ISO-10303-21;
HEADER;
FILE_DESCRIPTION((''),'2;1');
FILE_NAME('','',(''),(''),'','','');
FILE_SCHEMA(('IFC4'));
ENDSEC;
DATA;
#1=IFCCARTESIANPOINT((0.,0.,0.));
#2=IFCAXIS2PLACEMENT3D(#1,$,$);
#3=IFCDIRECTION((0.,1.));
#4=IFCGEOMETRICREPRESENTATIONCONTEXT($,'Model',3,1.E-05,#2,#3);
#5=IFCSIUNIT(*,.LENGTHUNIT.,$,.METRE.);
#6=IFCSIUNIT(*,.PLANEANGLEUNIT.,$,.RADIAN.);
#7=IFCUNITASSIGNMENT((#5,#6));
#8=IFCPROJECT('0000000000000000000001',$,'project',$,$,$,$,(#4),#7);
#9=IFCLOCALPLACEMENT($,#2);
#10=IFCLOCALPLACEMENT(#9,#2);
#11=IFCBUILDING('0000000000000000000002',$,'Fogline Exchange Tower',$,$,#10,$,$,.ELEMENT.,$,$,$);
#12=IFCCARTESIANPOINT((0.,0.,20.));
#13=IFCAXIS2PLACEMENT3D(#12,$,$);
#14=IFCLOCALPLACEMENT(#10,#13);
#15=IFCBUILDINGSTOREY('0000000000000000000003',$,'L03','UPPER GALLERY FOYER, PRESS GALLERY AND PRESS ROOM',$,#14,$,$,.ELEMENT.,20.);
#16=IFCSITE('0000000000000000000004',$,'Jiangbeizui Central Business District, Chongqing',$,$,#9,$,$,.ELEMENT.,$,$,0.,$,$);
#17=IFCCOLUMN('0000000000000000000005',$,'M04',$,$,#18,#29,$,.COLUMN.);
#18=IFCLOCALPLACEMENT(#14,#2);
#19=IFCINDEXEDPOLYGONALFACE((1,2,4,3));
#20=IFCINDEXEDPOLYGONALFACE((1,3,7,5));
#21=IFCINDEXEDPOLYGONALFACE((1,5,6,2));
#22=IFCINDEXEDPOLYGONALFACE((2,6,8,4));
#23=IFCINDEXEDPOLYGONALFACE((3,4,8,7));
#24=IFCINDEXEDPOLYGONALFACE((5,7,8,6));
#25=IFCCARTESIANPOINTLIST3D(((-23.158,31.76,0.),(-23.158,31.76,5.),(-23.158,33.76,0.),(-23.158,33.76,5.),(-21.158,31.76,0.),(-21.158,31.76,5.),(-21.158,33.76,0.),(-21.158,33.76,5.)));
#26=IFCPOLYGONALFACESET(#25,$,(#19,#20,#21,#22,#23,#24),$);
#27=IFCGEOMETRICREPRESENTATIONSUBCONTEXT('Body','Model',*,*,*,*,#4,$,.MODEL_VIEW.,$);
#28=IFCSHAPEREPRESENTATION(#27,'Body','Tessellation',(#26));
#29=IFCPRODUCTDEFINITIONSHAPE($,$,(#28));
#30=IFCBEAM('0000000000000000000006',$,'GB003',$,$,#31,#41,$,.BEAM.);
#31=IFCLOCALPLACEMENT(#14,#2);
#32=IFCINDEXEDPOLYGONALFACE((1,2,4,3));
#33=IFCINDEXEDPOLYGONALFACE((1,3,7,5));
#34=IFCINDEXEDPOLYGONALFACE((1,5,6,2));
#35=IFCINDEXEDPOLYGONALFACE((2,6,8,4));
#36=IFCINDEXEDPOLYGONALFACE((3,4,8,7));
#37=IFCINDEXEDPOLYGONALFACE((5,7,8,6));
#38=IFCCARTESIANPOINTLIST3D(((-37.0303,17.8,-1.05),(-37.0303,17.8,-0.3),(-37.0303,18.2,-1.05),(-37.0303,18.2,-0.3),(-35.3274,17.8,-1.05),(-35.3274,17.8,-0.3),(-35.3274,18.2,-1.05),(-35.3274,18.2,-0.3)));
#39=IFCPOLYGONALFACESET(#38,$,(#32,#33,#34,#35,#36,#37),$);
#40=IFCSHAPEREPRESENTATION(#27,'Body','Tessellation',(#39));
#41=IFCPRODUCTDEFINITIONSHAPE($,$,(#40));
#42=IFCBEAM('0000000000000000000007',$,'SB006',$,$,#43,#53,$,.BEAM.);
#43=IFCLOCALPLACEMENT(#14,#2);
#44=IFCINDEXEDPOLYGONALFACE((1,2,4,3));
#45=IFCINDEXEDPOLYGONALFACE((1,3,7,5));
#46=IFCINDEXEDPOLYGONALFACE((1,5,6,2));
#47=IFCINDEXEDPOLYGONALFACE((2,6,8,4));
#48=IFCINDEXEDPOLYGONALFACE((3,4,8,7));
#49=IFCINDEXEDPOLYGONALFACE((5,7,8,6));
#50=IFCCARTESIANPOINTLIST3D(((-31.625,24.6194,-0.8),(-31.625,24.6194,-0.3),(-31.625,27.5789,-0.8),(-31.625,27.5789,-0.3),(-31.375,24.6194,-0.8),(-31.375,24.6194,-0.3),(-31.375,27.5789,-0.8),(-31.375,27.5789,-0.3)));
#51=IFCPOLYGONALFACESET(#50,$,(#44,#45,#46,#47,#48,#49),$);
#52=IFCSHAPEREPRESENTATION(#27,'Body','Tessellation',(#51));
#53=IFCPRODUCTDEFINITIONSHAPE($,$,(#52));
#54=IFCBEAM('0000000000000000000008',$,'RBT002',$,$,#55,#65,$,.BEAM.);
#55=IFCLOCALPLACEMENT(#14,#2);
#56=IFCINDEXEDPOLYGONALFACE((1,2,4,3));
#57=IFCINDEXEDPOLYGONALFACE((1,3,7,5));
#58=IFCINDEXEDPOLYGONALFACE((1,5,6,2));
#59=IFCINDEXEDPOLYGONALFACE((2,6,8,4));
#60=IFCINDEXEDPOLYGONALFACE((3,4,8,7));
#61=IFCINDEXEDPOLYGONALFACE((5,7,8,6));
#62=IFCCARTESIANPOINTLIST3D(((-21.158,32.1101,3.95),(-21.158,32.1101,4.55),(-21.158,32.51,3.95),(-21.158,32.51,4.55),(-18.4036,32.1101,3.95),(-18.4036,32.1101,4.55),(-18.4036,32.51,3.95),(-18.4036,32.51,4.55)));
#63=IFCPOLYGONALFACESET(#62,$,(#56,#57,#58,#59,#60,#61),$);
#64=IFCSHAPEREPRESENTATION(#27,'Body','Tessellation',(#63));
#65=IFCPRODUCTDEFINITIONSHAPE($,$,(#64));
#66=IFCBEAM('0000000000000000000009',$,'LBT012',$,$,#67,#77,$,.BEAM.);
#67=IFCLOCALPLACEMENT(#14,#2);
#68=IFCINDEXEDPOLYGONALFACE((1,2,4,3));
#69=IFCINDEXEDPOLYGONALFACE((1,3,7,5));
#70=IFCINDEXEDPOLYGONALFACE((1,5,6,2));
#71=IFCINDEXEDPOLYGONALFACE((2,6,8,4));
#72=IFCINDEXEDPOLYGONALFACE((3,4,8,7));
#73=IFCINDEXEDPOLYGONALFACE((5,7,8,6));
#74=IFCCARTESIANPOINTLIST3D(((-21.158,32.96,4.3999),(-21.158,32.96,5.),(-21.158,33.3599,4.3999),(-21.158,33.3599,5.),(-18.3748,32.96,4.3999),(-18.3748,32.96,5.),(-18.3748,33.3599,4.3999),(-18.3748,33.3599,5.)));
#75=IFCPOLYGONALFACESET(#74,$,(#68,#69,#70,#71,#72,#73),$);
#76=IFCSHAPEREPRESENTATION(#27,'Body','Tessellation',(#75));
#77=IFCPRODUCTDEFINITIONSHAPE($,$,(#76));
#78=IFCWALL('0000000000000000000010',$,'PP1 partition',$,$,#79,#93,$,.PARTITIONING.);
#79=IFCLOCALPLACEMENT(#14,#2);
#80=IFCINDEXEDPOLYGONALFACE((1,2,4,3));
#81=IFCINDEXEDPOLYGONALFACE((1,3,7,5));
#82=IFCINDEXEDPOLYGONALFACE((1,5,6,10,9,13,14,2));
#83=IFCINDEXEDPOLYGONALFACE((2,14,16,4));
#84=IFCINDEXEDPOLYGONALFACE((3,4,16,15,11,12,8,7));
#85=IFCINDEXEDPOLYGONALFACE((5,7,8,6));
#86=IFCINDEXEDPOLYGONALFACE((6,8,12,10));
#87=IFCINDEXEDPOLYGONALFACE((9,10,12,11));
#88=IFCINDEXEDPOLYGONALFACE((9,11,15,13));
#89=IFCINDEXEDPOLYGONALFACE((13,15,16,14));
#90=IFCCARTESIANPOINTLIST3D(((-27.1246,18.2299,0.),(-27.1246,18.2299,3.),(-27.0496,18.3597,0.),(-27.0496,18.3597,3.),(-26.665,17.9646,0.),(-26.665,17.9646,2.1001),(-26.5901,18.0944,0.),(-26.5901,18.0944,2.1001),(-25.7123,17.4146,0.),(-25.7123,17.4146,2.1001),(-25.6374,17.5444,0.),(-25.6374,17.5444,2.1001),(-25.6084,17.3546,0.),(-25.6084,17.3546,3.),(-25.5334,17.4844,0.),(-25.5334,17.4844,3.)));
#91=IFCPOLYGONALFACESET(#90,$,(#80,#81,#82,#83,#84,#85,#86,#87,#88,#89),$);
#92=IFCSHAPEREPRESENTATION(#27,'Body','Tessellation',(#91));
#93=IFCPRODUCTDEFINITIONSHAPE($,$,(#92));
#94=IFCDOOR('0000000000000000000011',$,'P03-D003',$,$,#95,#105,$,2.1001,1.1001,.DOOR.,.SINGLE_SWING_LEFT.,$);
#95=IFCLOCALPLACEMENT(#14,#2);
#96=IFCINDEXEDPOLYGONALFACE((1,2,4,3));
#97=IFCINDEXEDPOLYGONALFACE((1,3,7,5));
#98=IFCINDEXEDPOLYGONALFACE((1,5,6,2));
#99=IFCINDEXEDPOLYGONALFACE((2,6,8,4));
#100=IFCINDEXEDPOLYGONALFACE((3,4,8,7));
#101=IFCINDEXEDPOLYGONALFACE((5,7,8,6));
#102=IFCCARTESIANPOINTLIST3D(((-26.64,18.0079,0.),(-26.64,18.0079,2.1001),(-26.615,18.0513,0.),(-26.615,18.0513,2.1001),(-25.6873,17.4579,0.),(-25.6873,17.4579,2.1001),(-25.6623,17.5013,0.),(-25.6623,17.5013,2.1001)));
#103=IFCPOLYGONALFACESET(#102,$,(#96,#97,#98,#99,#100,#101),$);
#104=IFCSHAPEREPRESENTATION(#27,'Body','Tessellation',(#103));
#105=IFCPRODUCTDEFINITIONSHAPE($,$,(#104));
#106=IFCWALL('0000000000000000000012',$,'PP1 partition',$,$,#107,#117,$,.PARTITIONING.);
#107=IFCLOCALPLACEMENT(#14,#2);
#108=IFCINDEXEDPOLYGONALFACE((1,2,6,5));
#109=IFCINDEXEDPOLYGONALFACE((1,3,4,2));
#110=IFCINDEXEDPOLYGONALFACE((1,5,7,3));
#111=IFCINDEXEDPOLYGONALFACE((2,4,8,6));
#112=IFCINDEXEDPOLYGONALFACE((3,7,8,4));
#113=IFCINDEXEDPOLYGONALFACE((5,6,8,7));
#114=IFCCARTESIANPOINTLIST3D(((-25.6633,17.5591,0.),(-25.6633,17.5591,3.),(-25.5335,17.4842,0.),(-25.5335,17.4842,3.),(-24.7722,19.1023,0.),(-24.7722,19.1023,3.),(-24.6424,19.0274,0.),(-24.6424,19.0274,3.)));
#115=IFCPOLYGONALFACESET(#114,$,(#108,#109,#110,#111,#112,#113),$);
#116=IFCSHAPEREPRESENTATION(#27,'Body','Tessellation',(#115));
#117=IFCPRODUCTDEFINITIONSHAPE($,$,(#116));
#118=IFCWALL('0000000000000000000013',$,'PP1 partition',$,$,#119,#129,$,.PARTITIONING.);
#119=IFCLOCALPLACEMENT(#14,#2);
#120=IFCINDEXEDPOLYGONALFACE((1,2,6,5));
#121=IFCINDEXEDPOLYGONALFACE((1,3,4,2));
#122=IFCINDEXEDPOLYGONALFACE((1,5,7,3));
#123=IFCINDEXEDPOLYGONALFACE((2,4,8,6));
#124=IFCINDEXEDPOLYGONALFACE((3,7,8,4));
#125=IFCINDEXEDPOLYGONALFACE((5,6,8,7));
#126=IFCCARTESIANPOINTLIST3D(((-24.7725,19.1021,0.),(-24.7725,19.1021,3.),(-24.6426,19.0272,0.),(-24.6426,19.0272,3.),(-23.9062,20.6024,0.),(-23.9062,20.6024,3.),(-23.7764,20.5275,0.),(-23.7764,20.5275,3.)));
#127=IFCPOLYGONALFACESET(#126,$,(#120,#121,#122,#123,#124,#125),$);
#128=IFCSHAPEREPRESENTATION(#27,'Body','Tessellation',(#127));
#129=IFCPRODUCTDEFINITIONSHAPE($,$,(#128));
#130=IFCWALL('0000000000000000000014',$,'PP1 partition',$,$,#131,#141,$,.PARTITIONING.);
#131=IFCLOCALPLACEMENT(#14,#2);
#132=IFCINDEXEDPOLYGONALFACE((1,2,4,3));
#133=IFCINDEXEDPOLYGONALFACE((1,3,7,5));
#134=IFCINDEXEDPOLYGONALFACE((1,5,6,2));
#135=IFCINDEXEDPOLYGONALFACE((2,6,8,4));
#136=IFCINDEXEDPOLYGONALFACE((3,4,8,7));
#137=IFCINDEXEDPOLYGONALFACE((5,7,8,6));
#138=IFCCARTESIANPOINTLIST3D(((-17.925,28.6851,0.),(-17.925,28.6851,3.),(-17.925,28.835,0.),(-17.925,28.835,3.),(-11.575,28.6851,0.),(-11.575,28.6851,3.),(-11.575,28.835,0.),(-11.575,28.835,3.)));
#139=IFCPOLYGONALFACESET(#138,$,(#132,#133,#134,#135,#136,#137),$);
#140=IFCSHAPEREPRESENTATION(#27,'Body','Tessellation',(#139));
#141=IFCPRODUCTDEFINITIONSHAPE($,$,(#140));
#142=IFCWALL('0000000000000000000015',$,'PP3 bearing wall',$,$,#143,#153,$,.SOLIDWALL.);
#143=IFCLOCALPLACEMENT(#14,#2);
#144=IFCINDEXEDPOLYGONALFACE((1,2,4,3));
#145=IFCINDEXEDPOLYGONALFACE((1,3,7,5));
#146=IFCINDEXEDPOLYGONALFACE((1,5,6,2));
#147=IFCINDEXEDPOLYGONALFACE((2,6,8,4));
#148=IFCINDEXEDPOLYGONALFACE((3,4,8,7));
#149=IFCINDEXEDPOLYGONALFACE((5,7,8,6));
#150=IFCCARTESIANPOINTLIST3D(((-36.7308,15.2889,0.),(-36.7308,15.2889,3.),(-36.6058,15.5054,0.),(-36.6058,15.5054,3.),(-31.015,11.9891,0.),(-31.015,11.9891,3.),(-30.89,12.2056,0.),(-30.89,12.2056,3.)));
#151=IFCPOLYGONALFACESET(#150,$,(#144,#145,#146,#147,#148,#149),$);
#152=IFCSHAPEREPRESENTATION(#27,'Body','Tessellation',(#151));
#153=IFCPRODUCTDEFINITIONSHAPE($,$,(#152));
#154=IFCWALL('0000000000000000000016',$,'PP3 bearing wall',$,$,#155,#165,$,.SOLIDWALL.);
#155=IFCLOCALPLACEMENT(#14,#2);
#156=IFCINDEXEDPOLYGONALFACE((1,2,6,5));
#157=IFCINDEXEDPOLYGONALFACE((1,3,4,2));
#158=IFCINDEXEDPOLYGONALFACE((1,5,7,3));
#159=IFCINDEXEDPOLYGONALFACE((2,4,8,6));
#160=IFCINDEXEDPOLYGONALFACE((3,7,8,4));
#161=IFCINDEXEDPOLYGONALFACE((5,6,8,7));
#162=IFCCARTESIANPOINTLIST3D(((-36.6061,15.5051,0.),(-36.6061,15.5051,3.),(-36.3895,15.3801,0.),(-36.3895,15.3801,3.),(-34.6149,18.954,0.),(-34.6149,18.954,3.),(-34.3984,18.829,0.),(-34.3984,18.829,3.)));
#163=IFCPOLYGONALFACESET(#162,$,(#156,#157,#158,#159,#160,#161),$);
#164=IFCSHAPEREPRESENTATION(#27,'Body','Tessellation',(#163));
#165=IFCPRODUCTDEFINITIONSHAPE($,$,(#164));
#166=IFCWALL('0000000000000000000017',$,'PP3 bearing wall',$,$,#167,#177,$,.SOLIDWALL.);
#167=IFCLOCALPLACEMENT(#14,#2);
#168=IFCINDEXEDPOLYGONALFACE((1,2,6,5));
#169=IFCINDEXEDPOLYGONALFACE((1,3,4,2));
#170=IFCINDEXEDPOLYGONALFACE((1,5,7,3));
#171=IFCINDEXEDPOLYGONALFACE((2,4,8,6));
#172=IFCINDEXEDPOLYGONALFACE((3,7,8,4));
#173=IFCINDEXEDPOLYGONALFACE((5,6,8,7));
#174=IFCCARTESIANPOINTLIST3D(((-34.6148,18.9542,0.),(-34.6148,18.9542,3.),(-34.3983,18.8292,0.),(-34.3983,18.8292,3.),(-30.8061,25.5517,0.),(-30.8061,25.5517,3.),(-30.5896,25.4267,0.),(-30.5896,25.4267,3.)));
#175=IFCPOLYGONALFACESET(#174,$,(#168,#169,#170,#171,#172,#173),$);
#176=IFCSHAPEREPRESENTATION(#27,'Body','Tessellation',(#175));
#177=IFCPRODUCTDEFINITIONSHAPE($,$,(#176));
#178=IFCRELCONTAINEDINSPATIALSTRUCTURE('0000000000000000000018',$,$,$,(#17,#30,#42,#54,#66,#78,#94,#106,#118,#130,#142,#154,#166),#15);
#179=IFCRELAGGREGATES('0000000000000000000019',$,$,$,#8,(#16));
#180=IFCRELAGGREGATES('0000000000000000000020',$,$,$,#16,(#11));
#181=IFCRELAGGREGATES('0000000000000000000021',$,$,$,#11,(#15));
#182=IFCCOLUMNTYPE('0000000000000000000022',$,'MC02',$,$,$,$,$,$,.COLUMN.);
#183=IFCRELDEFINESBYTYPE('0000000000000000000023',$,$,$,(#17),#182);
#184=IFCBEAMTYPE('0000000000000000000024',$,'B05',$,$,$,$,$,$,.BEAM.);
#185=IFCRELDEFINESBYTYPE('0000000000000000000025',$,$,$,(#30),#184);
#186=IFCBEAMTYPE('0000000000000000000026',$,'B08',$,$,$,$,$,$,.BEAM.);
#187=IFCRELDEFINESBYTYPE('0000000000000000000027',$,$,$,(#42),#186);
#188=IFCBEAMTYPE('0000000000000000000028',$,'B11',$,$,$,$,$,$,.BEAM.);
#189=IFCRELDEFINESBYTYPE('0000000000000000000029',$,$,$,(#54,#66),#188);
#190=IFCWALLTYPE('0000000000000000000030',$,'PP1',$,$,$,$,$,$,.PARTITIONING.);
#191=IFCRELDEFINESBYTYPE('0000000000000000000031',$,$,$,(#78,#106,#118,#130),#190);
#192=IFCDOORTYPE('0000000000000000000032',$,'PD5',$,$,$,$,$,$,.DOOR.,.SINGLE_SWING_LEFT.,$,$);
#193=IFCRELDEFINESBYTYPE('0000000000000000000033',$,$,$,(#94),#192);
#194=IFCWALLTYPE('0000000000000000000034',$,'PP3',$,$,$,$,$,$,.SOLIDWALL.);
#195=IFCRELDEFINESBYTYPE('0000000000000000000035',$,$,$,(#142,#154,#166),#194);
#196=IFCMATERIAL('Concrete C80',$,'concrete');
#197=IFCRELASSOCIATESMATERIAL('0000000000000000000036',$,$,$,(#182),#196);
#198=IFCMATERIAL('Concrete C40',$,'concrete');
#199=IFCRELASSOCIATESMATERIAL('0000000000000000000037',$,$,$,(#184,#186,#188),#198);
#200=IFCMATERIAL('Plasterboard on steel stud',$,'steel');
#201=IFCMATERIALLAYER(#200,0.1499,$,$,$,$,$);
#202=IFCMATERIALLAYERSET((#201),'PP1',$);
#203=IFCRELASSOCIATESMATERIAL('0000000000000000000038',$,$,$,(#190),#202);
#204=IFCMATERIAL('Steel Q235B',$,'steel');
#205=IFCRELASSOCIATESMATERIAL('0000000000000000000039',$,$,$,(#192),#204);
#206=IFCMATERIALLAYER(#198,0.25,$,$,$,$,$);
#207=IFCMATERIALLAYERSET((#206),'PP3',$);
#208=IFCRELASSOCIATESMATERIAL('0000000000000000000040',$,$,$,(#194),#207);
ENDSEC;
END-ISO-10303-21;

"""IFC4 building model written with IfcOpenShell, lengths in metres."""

from ifc_helpers import new_model, si_unit, direction, frame, frame_2d, origin, origin_2d, place, context, subcontext, project, spatial, rectangle, extrude, material, layer, layer_set, material_profile, profile_set, type_object, element, fill, save


model = new_model("IFC4")

# Units and contexts
model_context = context("Model", 3, precision=1e-05, world=origin(), true_north=direction((0.0, 1.0)))
body_context = subcontext(model_context, "Body", "Model", "MODEL_VIEW")
ifc_project = project(units=[si_unit("LENGTHUNIT", "METRE"), si_unit("PLANEANGLEUNIT", "RADIAN")], contexts=[model_context])

# Site, building, storey
site_placement = place(None, origin())
site = spatial("IfcSite", under=ifc_project, at=site_placement, Name="Jiangbeizui Central Business District, Chongqing", CompositionType="ELEMENT", RefElevation=0.0)
building_placement = place(site_placement, origin())
building = spatial("IfcBuilding", under=site, at=building_placement, Name="Fogline Exchange Tower", CompositionType="ELEMENT")
storey_placement = place(building_placement, frame((0.0, 0.0, 20.0)))
storey = spatial("IfcBuildingStorey", under=building, at=storey_placement, Name="L03", Description="UPPER GALLERY FOYER, PRESS GALLERY AND PRESS ROOM", CompositionType="ELEMENT", Elevation=20.0)

# Column
ifc_material_1 = material(Name="Concrete C80", Category="concrete")
ifc_material_profile_1 = material_profile(ifc_material_1, rectangle(XDim=2.0, YDim=2.0, at=origin_2d()), Name="RC 2000x2000")
ifc_profile_set_1 = profile_set([ifc_material_profile_1], Name="Concrete C80")
column_type = type_object("IfcColumnType", Name="MC02", PredefinedType="COLUMN", material=ifc_profile_set_1)
column_placement = place(storey_placement, frame((-22.158, 32.76, 0.0), z_axis=(0.0, 0.0, 1.0), x_axis=(1.0, 0.0, 0.0)))
element("IfcColumn", 1, at=column_placement, inside=storey, type_object=column_type, Name="M04", PredefinedType="COLUMN", context=body_context, shape_type="SweptSolid", body=[
    extrude(rectangle(XDim=2.0, YDim=2.0, at=origin_2d()), origin(), (0.0, 0.0, 1.0), 5.0),
])

# Beams
ifc_material_2 = material(Name="Concrete C40", Category="concrete")
ifc_material_profile_2 = material_profile(ifc_material_2, rectangle(XDim=0.3999, YDim=0.75, at=origin_2d()), Name="RC 400x750")
ifc_profile_set_2 = profile_set([ifc_material_profile_2], Name="Concrete C40")
beam_type_1 = type_object("IfcBeamType", Name="B05", PredefinedType="BEAM", material=ifc_profile_set_2)
beam_1_placement = place(storey_placement, frame((-37.0303, 18.0, -0.675), z_axis=(1.0, 0.0, 0.0), x_axis=(0.0, 1.0, 0.0)))
element("IfcBeam", 2, at=beam_1_placement, inside=storey, type_object=beam_type_1, Name="GB003", PredefinedType="BEAM", context=body_context, shape_type="SweptSolid", body=[
    extrude(rectangle(XDim=0.3999, YDim=0.75, at=origin_2d()), origin(), (0.0, 0.0, 1.0), 1.7029),
])
ifc_material_profile_3 = material_profile(ifc_material_2, rectangle(XDim=0.25, YDim=0.5, at=origin_2d()), Name="RC 250x500")
ifc_profile_set_3 = profile_set([ifc_material_profile_3], Name="Concrete C40")
beam_type_2 = type_object("IfcBeamType", Name="B08", PredefinedType="BEAM", material=ifc_profile_set_3)
beam_2_placement = place(storey_placement, frame((-31.5, 24.6194, -0.55), z_axis=(0.0, 1.0, 0.0), x_axis=(-1.0, 0.0, 0.0)))
element("IfcBeam", 3, at=beam_2_placement, inside=storey, type_object=beam_type_2, Name="SB006", PredefinedType="BEAM", context=body_context, shape_type="SweptSolid", body=[
    extrude(rectangle(XDim=0.25, YDim=0.5, at=origin_2d()), origin(), (0.0, 0.0, 1.0), 2.9595),
])
ifc_material_profile_4 = material_profile(ifc_material_2, rectangle(XDim=0.3999, YDim=0.6001, at=origin_2d()), Name="RC 400x600")
ifc_profile_set_4 = profile_set([ifc_material_profile_4], Name="Concrete C40")
beam_type_3 = type_object("IfcBeamType", Name="B11", PredefinedType="BEAM", material=ifc_profile_set_4)
beam_3_placement = place(storey_placement, frame((-18.4036, 32.3101, 4.25), z_axis=(-1.0, 0.0, 0.0), x_axis=(0.0, -1.0, 0.0)))
element("IfcBeam", 4, at=beam_3_placement, inside=storey, type_object=beam_type_3, Name="RBT002", PredefinedType="BEAM", context=body_context, shape_type="SweptSolid", body=[
    extrude(rectangle(XDim=0.3999, YDim=0.6001, at=origin_2d()), origin(), (0.0, 0.0, 1.0), 2.7544),
])
beam_4_placement = place(storey_placement, frame((-18.3748, 33.1599, 4.7), z_axis=(-1.0, 0.0, 0.0), x_axis=(0.0, -1.0, 0.0)))
element("IfcBeam", 5, at=beam_4_placement, inside=storey, type_object=beam_type_3, Name="LBT012", PredefinedType="BEAM", context=body_context, shape_type="SweptSolid", body=[
    extrude(rectangle(XDim=0.3999, YDim=0.6001, at=origin_2d()), origin(), (0.0, 0.0, 1.0), 2.7832),
])

# Wall, opening, door
ifc_material_3 = material(Name="Plasterboard on steel stud", Category="steel")
ifc_layer_1 = layer(ifc_material_3, 0.1499)
ifc_layer_set_1 = layer_set([ifc_layer_1], Name="PP1")
wall_type_1 = type_object("IfcWallType", Name="PP1", PredefinedType="PARTITIONING", material=ifc_layer_set_1)
wall_1_placement = place(storey_placement, frame((-25.5708, 17.4194, 0.0), z_axis=(0.0, 0.0, 1.0), x_axis=(-0.866046, 0.499964, 0.0)))
wall_1 = element("IfcWall", 6, at=wall_1_placement, inside=storey, type_object=wall_type_1, Name="PP1 partition", PredefinedType="PARTITIONING", context=body_context, shape_type="SweptSolid", body=[
    extrude(rectangle(XDim=1.7507, YDim=0.1499, at=frame_2d((0.8755, 0.0))), origin(), (0.0, 0.0, 1.0), 3.0),
])
opening_1_placement = place(wall_1_placement, frame((0.1201, 0.0, 0.0)))
opening_1 = element("IfcOpeningElement", 7, at=opening_1_placement, cuts=wall_1, PredefinedType="OPENING", context=body_context, shape_type="SweptSolid", body=[
    extrude(rectangle(XDim=1.1001, YDim=2.1001, at=frame_2d((0.55, 1.05))), frame((0.0, 0.085, 0.0), z_axis=(0.0, -1.0, 0.0), x_axis=(1.0, 0.0, 0.0)), (0.0, 0.0, 1.0), 0.1699),
])
ifc_material_4 = material(Name="Steel Q235B", Category="steel")
door_type_1 = type_object("IfcDoorType", Name="PD5", OperationType="SINGLE_SWING_LEFT", PredefinedType="DOOR", material=ifc_material_4)
door_1_placement = place(opening_1_placement, origin())
door_1 = element("IfcDoor", 8, at=door_1_placement, inside=storey, type_object=door_type_1, Name="P03-D003", OperationType="SINGLE_SWING_LEFT", OverallHeight=2.1001, OverallWidth=1.1001, PredefinedType="DOOR", context=body_context, shape_type="SweptSolid", body=[
    extrude(rectangle(XDim=1.1001, YDim=2.1001, at=frame_2d((0.55, 1.05))), frame((0.0, 0.0249, 0.0), z_axis=(0.0, -1.0, 0.0), x_axis=(1.0, 0.0, 0.0)), (0.0, 0.0, 1.0), 0.05),
])
fill(opening_1, door_1)

# Walls
wall_2_placement = place(storey_placement, frame((-24.7073, 19.0649, 0.0), z_axis=(0.0, 0.0, 1.0), x_axis=(-0.500058, -0.865992, 0.0)))
element("IfcWall", 9, at=wall_2_placement, inside=storey, type_object=wall_type_1, Name="PP1 partition", PredefinedType="PARTITIONING", context=body_context, shape_type="SweptSolid", body=[
    extrude(rectangle(XDim=1.782, YDim=0.1499, at=frame_2d((0.8911, 0.0))), origin(), (0.0, 0.0, 1.0), 3.0),
])
wall_3_placement = place(storey_placement, frame((-23.8413, 20.5649, 0.0), z_axis=(0.0, 0.0, 1.0), x_axis=(-0.500019, -0.866014, 0.0)))
element("IfcWall", 10, at=wall_3_placement, inside=storey, type_object=wall_type_1, Name="PP1 partition", PredefinedType="PARTITIONING", context=body_context, shape_type="SweptSolid", body=[
    extrude(rectangle(XDim=1.7324, YDim=0.1499, at=frame_2d((0.8662, 0.0))), origin(), (0.0, 0.0, 1.0), 3.0),
])

# Wall
wall_4_placement = place(storey_placement, frame((-17.925, 28.76, 0.0), z_axis=(0.0, 0.0, 1.0), x_axis=(1.0, 0.0, 0.0)))
element("IfcWall", 11, at=wall_4_placement, inside=storey, type_object=wall_type_1, Name="PP1 partition", PredefinedType="PARTITIONING", context=body_context, shape_type="SweptSolid", body=[
    extrude(rectangle(XDim=6.3501, YDim=0.1499, at=frame_2d((3.175, 0.0))), origin(), (0.0, 0.0, 1.0), 3.0),
])

# Walls
ifc_layer_2 = layer(ifc_material_2, 0.25)
ifc_layer_set_2 = layer_set([ifc_layer_2], Name="PP3")
wall_type_2 = type_object("IfcWallType", Name="PP3", PredefinedType="SOLIDWALL", material=ifc_layer_set_2)
wall_5_placement = place(storey_placement, frame((-30.9526, 12.0974, 0.0), z_axis=(0.0, 0.0, 1.0), x_axis=(-0.86604, 0.499974, 0.0)))
element("IfcWall", 12, at=wall_5_placement, inside=storey, type_object=wall_type_2, Name="PP3 bearing wall", PredefinedType="SOLIDWALL", context=body_context, shape_type="SweptSolid", body=[
    extrude(rectangle(XDim=6.5999, YDim=0.25, at=frame_2d((3.2998, 0.0))), origin(), (0.0, 0.0, 1.0), 3.0),
])
wall_6_placement = place(storey_placement, frame((-36.4978, 15.4426, 0.0), z_axis=(0.0, 0.0, 1.0), x_axis=(0.49999, 0.866031, 0.0)))
element("IfcWall", 13, at=wall_6_placement, inside=storey, type_object=wall_type_2, Name="PP3 bearing wall", PredefinedType="SOLIDWALL", context=body_context, shape_type="SweptSolid", body=[
    extrude(rectangle(XDim=3.9824, YDim=0.25, at=frame_2d((1.9912, 0.0))), origin(), (0.0, 0.0, 1.0), 3.0),
])
wall_7_placement = place(storey_placement, frame((-34.5066, 18.8916, 0.0), z_axis=(0.0, 0.0, 1.0), x_axis=(0.499958, 0.866049, 0.0)))
element("IfcWall", 14, at=wall_7_placement, inside=storey, type_object=wall_type_2, Name="PP3 bearing wall", PredefinedType="SOLIDWALL", context=body_context, shape_type="SweptSolid", body=[
    extrude(rectangle(XDim=7.6179, YDim=0.25, at=frame_2d((3.8091, 0.0))), origin(), (0.0, 0.0, 1.0), 3.0),
])

save(model, "model.ifc")
